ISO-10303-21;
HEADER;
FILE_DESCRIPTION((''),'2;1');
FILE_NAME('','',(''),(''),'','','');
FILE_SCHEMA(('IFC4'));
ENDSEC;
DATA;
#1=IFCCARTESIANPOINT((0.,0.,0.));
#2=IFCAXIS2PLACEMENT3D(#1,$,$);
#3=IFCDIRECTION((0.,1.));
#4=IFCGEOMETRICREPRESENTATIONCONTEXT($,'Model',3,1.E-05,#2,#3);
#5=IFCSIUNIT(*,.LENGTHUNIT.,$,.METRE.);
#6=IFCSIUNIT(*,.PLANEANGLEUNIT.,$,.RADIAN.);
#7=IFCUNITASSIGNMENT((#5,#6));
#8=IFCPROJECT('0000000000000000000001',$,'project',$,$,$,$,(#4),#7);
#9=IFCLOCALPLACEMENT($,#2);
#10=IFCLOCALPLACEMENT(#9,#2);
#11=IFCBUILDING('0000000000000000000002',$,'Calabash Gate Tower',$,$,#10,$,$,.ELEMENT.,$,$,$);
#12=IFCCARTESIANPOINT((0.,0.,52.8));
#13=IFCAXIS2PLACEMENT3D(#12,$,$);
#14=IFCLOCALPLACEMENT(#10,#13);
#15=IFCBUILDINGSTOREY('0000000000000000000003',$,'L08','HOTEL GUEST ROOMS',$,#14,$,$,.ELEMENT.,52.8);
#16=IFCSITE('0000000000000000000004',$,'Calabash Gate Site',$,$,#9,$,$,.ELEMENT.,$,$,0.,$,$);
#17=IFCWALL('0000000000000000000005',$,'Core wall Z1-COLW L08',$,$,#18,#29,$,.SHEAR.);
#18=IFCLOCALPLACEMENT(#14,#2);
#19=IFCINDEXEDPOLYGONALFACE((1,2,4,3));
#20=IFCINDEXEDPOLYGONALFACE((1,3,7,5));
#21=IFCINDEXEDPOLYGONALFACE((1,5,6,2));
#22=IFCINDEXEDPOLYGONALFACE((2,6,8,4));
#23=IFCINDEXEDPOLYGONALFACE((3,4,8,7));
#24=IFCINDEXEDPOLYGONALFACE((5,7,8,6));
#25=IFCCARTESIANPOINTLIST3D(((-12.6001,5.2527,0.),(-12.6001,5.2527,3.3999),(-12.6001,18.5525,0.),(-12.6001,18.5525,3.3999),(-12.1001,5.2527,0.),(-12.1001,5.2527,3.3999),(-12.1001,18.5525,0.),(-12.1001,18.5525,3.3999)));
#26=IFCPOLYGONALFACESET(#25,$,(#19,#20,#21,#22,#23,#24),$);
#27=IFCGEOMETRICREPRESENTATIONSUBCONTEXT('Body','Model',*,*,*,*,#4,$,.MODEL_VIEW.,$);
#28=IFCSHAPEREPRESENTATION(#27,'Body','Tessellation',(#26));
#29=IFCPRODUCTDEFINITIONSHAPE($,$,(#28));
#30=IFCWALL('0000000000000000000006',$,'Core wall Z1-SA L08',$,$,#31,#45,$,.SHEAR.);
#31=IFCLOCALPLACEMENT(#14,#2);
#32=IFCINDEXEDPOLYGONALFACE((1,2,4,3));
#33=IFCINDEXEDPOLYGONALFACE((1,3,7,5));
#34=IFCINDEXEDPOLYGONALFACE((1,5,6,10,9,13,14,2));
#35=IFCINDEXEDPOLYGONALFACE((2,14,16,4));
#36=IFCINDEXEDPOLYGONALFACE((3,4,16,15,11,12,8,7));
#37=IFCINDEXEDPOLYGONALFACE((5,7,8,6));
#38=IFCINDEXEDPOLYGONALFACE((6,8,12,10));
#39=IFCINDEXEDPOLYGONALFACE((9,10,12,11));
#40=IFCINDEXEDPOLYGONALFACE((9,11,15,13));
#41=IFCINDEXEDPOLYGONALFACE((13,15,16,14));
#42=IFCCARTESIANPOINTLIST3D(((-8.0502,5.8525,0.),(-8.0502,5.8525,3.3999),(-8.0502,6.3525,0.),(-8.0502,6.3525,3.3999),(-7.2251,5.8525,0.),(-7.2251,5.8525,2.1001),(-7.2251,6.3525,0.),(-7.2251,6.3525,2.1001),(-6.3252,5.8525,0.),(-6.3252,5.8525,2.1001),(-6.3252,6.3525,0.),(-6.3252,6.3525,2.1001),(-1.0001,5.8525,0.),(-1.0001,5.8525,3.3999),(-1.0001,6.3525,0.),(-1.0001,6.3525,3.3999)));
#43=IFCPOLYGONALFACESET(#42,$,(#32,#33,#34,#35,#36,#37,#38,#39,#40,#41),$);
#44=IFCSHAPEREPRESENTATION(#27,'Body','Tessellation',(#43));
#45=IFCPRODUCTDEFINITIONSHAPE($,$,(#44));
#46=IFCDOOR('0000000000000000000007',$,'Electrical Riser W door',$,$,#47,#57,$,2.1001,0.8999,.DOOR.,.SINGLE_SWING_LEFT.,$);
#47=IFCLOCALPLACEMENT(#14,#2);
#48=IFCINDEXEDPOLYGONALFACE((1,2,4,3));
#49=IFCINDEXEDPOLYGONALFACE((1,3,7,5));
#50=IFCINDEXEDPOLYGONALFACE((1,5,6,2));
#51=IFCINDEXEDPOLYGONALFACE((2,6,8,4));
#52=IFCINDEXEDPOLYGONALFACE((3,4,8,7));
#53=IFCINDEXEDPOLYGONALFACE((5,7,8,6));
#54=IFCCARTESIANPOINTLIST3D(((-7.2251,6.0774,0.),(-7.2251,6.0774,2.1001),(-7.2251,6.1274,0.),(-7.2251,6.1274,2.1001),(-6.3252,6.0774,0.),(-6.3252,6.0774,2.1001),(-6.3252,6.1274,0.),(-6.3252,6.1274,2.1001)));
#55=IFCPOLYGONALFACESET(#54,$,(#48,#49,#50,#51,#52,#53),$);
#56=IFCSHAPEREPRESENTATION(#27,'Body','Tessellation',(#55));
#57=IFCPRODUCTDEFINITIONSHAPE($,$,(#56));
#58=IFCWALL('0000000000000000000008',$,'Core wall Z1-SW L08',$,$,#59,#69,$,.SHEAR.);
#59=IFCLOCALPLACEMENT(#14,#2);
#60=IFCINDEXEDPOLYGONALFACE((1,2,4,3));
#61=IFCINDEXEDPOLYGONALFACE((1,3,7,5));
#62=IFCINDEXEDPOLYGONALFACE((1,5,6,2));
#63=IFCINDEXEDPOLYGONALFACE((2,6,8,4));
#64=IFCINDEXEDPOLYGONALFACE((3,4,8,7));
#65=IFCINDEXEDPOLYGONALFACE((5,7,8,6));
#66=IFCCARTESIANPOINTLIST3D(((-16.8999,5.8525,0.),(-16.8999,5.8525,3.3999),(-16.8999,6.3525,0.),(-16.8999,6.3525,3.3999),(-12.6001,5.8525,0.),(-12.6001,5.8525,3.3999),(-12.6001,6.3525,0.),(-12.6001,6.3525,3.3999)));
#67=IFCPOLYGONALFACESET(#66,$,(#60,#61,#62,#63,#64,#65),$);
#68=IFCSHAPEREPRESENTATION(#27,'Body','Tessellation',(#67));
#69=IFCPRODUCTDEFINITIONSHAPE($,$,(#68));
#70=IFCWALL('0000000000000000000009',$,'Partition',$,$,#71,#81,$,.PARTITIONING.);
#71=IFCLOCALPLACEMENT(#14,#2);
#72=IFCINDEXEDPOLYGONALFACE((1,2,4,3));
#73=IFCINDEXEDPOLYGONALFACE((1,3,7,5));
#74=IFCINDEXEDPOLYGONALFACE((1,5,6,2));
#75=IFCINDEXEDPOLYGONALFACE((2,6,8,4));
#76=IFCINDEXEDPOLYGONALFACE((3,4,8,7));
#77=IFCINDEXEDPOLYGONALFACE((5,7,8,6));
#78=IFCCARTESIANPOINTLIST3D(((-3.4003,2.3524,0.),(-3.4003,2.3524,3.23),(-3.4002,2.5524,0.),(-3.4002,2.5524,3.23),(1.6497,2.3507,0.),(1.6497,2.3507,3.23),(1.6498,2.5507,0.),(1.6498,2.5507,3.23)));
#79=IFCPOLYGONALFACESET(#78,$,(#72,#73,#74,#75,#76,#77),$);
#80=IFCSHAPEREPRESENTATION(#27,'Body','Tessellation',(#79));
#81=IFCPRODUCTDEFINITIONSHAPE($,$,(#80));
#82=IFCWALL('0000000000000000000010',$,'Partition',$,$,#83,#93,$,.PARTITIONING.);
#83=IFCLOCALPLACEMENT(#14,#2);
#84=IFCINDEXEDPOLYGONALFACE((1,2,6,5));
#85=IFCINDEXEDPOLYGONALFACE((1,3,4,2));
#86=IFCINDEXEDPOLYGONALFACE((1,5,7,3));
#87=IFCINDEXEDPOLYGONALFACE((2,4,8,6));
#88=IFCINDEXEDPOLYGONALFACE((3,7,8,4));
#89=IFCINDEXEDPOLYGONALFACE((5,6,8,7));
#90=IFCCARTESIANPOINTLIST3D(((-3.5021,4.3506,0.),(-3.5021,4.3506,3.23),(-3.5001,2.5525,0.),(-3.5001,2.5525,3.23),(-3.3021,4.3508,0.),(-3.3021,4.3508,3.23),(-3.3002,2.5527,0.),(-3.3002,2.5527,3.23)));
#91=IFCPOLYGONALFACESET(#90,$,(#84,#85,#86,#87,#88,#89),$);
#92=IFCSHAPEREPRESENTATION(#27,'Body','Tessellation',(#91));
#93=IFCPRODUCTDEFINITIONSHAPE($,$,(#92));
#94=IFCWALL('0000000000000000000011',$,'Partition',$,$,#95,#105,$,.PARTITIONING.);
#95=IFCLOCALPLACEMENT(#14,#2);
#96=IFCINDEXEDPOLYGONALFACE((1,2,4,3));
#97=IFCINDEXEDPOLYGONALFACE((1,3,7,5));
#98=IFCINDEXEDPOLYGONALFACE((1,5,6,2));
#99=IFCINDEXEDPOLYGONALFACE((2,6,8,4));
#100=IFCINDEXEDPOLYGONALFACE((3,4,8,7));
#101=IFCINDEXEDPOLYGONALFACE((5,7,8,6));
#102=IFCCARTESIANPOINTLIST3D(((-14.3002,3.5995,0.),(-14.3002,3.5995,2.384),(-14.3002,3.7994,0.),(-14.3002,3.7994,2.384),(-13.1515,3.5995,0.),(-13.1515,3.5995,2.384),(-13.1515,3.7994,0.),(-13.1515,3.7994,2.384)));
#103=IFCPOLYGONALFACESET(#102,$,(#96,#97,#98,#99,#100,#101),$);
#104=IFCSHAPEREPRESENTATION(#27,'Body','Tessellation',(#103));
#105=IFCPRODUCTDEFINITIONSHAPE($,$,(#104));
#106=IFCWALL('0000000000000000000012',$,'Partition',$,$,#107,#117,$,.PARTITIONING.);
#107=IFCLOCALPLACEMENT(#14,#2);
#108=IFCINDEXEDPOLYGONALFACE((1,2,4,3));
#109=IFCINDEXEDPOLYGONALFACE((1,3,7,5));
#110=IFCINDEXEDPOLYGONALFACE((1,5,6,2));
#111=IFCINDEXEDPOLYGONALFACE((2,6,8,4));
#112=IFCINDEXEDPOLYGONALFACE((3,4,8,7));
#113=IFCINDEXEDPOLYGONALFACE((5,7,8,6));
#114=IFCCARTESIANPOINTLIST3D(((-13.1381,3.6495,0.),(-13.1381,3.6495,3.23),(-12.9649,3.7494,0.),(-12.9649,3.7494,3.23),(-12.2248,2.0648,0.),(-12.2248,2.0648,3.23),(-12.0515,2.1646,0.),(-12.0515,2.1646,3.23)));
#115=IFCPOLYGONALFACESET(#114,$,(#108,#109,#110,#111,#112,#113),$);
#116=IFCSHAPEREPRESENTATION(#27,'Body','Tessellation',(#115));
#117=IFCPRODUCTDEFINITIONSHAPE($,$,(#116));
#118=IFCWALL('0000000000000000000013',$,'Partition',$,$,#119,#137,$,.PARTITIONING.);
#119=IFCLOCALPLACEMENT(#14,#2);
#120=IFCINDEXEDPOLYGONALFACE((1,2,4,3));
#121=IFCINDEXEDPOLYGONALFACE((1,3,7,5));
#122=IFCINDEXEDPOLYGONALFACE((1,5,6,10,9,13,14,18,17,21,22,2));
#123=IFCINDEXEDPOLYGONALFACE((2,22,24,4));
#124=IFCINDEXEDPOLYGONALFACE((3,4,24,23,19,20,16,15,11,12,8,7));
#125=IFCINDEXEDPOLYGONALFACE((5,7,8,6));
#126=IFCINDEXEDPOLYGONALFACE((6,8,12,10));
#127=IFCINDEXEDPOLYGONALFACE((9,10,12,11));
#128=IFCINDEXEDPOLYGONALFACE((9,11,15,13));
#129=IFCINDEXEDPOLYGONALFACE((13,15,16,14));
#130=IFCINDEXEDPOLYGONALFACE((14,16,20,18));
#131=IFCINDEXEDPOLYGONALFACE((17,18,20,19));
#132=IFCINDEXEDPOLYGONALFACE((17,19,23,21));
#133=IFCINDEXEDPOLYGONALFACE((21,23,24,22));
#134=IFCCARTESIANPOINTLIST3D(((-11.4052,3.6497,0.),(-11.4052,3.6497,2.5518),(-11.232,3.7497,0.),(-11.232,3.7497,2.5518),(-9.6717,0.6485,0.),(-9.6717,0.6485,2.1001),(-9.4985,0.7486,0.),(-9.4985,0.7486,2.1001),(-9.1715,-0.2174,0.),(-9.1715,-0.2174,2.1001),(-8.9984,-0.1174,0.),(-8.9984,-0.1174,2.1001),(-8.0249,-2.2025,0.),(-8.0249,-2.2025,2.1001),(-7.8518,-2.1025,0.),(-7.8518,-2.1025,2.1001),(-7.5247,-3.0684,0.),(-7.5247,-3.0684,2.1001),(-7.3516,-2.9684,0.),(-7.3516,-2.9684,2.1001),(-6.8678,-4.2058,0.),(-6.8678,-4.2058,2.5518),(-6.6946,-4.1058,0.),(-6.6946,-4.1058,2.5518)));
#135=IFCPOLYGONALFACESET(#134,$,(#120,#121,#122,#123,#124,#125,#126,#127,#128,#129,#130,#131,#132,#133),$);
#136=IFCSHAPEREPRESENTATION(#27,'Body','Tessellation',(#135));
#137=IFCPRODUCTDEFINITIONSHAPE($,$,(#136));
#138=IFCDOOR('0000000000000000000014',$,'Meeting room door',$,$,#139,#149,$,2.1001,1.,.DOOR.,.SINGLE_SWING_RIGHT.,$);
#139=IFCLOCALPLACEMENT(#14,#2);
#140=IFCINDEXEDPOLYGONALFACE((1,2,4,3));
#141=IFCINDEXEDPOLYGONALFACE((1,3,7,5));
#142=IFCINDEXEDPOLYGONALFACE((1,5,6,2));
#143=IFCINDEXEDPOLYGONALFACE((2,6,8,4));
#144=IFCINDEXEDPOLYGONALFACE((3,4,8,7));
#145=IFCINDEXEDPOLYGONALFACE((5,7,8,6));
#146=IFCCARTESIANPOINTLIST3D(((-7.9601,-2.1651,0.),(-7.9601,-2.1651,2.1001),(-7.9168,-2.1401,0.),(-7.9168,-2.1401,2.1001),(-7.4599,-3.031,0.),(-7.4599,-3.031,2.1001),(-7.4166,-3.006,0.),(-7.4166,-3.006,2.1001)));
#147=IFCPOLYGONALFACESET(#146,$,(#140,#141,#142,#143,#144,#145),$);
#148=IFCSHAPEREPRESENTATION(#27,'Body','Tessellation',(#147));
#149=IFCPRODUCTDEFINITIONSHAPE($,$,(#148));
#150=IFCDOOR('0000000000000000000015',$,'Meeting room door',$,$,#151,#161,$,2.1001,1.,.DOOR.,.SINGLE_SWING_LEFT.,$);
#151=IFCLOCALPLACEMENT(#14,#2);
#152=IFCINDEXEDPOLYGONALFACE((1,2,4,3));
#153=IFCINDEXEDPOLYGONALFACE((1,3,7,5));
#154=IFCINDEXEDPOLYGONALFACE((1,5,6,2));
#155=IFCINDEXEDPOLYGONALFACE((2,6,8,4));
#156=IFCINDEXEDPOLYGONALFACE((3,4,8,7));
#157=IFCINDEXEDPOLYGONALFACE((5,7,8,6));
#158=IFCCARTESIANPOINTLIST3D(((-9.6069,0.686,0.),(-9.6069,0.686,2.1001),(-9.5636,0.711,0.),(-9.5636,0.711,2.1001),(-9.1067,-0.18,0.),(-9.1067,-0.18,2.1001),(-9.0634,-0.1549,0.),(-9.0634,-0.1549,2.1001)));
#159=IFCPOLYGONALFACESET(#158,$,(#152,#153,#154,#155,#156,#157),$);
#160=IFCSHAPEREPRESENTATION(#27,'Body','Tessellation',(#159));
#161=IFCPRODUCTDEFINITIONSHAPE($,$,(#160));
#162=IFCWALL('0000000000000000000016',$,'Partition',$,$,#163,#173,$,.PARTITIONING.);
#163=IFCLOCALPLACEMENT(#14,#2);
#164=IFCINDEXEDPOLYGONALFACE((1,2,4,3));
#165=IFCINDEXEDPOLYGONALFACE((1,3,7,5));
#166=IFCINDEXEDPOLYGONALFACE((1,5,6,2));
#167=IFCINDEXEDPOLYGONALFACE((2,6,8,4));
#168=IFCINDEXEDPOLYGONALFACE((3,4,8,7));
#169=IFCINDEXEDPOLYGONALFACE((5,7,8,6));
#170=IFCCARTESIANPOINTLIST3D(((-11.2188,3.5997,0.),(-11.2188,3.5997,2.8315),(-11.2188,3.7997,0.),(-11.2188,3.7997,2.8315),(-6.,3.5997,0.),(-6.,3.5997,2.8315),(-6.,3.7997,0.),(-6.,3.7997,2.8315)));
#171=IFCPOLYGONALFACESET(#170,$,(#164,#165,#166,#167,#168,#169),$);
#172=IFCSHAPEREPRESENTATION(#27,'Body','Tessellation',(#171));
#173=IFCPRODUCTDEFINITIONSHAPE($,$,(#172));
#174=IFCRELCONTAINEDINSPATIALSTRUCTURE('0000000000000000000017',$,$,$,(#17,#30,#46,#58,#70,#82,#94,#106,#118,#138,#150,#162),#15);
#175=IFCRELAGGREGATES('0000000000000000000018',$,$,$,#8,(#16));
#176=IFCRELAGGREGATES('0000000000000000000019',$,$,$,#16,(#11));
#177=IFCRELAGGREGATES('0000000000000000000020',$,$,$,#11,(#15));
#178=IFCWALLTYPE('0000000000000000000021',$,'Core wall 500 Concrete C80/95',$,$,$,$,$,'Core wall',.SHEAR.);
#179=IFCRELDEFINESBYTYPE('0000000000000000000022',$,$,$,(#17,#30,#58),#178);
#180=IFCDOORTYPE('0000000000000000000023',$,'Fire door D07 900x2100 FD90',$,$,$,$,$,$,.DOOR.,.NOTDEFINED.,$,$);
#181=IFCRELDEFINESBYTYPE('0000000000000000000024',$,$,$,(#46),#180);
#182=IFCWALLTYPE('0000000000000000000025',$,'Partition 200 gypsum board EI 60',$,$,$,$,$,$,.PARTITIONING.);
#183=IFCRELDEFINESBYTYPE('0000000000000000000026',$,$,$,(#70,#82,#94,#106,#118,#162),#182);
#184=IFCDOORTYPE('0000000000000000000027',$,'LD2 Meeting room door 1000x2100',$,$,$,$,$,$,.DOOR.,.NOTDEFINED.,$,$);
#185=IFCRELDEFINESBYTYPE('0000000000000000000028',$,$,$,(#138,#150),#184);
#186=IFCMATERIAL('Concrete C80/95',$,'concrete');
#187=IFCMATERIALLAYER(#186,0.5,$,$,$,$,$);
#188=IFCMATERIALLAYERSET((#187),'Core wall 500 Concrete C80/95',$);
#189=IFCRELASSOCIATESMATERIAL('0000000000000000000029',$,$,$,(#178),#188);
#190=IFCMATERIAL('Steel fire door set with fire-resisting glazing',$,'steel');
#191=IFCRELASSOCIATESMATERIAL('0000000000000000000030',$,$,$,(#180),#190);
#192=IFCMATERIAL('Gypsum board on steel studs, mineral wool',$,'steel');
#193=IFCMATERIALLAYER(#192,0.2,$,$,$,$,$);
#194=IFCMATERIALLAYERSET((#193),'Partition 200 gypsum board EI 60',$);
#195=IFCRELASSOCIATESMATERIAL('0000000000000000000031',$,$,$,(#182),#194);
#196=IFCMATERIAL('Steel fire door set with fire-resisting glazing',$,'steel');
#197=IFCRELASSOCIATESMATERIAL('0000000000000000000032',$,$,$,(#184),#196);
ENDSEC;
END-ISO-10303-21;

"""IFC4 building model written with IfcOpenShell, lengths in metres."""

from ifc_helpers import new_model, si_unit, direction, frame, frame_2d, origin, place, context, subcontext, project, spatial, rectangle, extrude, material, layer, layer_set, type_object, element, fill, save


model = new_model("IFC4")

# Units and contexts
model_context = context("Model", 3, precision=1e-05, world=origin(), true_north=direction((0.0, 1.0)))
body_context = subcontext(model_context, "Body", "Model", "MODEL_VIEW")
ifc_project = project(units=[si_unit("LENGTHUNIT", "METRE"), si_unit("PLANEANGLEUNIT", "RADIAN")], contexts=[model_context])

# Site, building, storey
site_placement = place(None, origin())
site = spatial("IfcSite", under=ifc_project, at=site_placement, Name="Calabash Gate Site", CompositionType="ELEMENT", RefElevation=0.0)
building_placement = place(site_placement, origin())
building = spatial("IfcBuilding", under=site, at=building_placement, Name="Calabash Gate Tower", CompositionType="ELEMENT")
storey_placement = place(building_placement, frame((0.0, 0.0, 52.8)))
storey = spatial("IfcBuildingStorey", under=building, at=storey_placement, Name="L08", Description="HOTEL GUEST ROOMS", CompositionType="ELEMENT", Elevation=52.8)

# Wall
ifc_material_1 = material(Name="Concrete C80/95", Category="concrete")
ifc_layer_1 = layer(ifc_material_1, 0.5)
ifc_layer_set_1 = layer_set([ifc_layer_1], Name="Core wall 500 Concrete C80/95")
wall_type_1 = type_object("IfcWallType", Name="Core wall 500 Concrete C80/95", ElementType="Core wall", PredefinedType="SHEAR", material=ifc_layer_set_1)
wall_1_placement = place(storey_placement, frame((-12.3501, 5.2527, 0.0), z_axis=(0.0, 0.0, 1.0), x_axis=(0.0, 1.0, 0.0)))
element("IfcWall", 1, at=wall_1_placement, inside=storey, type_object=wall_type_1, Name="Core wall Z1-COLW L08", PredefinedType="SHEAR", context=body_context, shape_type="SweptSolid", body=[
    extrude(rectangle(XDim=13.2998, YDim=0.5, at=frame_2d((6.6499, 0.0))), origin(), (0.0, 0.0, 1.0), 3.3999),
])

# Wall, opening, door
wall_2_placement = place(storey_placement, frame((-8.05, 6.1025, 0.0), z_axis=(0.0, 0.0, 1.0), x_axis=(1.0, 0.0, 0.0)))
wall_2 = element("IfcWall", 2, at=wall_2_placement, inside=storey, type_object=wall_type_1, Name="Core wall Z1-SA L08", PredefinedType="SHEAR", context=body_context, shape_type="SweptSolid", body=[
    extrude(rectangle(XDim=7.05, YDim=0.5, at=frame_2d((3.5249, 0.0))), origin(), (0.0, 0.0, 1.0), 3.3999),
])
opening_1_placement = place(wall_2_placement, frame((0.825, 0.0, 0.0)))
opening_1 = element("IfcOpeningElement", 3, at=opening_1_placement, cuts=wall_2, PredefinedType="OPENING", context=body_context, shape_type="SweptSolid", body=[
    extrude(rectangle(XDim=0.8999, YDim=2.1001, at=frame_2d((0.45, 1.05))), frame((0.0, 0.26, 0.0), z_axis=(0.0, -1.0, 0.0), x_axis=(1.0, 0.0, 0.0)), (0.0, 0.0, 1.0), 0.52),
])
ifc_material_2 = material(Name="Steel fire door set with fire-resisting glazing", Category="steel")
door_type_1 = type_object("IfcDoorType", Name="Fire door D07 900x2100 FD90", OperationType="NOTDEFINED", PredefinedType="DOOR", material=ifc_material_2)
door_1_placement = place(opening_1_placement, origin())
door_1 = element("IfcDoor", 4, at=door_1_placement, inside=storey, type_object=door_type_1, Name="Electrical Riser W door", OperationType="SINGLE_SWING_LEFT", OverallHeight=2.1001, OverallWidth=0.8999, PredefinedType="DOOR", context=body_context, shape_type="SweptSolid", body=[
    extrude(rectangle(XDim=0.8999, YDim=2.1001, at=frame_2d((0.45, 1.05))), frame((0.0, 0.0249, 0.0), z_axis=(0.0, -1.0, 0.0), x_axis=(1.0, 0.0, 0.0)), (0.0, 0.0, 1.0), 0.05),
])
fill(opening_1, door_1)

# Walls
wall_3_placement = place(storey_placement, frame((-12.6001, 6.1025, 0.0), z_axis=(0.0, 0.0, 1.0), x_axis=(-1.0, 0.0, 0.0)))
element("IfcWall", 5, at=wall_3_placement, inside=storey, type_object=wall_type_1, Name="Core wall Z1-SW L08", PredefinedType="SHEAR", context=body_context, shape_type="SweptSolid", body=[
    extrude(rectangle(XDim=4.2998, YDim=0.5, at=frame_2d((2.1499, 0.0))), origin(), (0.0, 0.0, 1.0), 3.3999),
])
ifc_material_3 = material(Name="Gypsum board on steel studs, mineral wool", Category="steel")
ifc_layer_2 = layer(ifc_material_3, 0.2)
ifc_layer_set_2 = layer_set([ifc_layer_2], Name="Partition 200 gypsum board EI 60")
wall_type_2 = type_object("IfcWallType", Name="Partition 200 gypsum board EI 60", PredefinedType="PARTITIONING", material=ifc_layer_set_2)
wall_4_placement = place(storey_placement, frame((-3.4001, 2.4524, 0.0), z_axis=(0.0, 0.0, 1.0), x_axis=(1.0, -0.000338, 0.0)))
element("IfcWall", 6, at=wall_4_placement, inside=storey, type_object=wall_type_2, Name="Partition", PredefinedType="PARTITIONING", context=body_context, shape_type="SweptSolid", body=[
    extrude(rectangle(XDim=5.05, YDim=0.2, at=frame_2d((2.5249, 0.0))), origin(), (0.0, 0.0, 1.0), 3.23),
])
wall_5_placement = place(storey_placement, frame((-3.4021, 4.3506, 0.0), z_axis=(0.0, 0.0, 1.0), x_axis=(0.001086, -0.999999, 0.0)))
element("IfcWall", 7, at=wall_5_placement, inside=storey, type_object=wall_type_2, Name="Partition", PredefinedType="PARTITIONING", context=body_context, shape_type="SweptSolid", body=[
    extrude(rectangle(XDim=1.7981, YDim=0.2, at=frame_2d((0.8989, 0.0))), origin(), (0.0, 0.0, 1.0), 3.23),
])
wall_6_placement = place(storey_placement, frame((-14.3, 3.6995, 0.0), z_axis=(0.0, 0.0, 1.0), x_axis=(1.0, 0.0, 0.0)))
element("IfcWall", 8, at=wall_6_placement, inside=storey, type_object=wall_type_2, Name="Partition", PredefinedType="PARTITIONING", context=body_context, shape_type="SweptSolid", body=[
    extrude(rectangle(XDim=1.1487, YDim=0.2, at=frame_2d((0.5742, 0.0))), origin(), (0.0, 0.0, 1.0), 2.384),
])
wall_7_placement = place(storey_placement, frame((-13.0515, 3.6995, 0.0), z_axis=(0.0, 0.0, 1.0), x_axis=(0.499341, -0.866405, 0.0)))
element("IfcWall", 9, at=wall_7_placement, inside=storey, type_object=wall_type_2, Name="Partition", PredefinedType="PARTITIONING", context=body_context, shape_type="SweptSolid", body=[
    extrude(rectangle(XDim=1.8291, YDim=0.2, at=frame_2d((0.9146, 0.0))), origin(), (0.0, 0.0, 1.0), 3.23),
])

# Wall, openings, doors
wall_8_placement = place(storey_placement, frame((-11.3186, 3.6997, 0.0), z_axis=(0.0, 0.0, 1.0), x_axis=(0.500165, -0.86593, 0.0)))
wall_8 = element("IfcWall", 10, at=wall_8_placement, inside=storey, type_object=wall_type_2, Name="Partition", PredefinedType="PARTITIONING", context=body_context, shape_type="SweptSolid", body=[
    extrude(rectangle(XDim=9.0718, YDim=0.2, at=frame_2d((4.5359, 0.0))), origin(), (0.0, 0.0, 1.0), 2.5518),
])
opening_2_placement = place(wall_8_placement, frame((6.7583, 0.0, 0.0)))
opening_2 = element("IfcOpeningElement", 11, at=opening_2_placement, cuts=wall_8, PredefinedType="OPENING", context=body_context, shape_type="SweptSolid", body=[
    extrude(rectangle(XDim=1.0, YDim=2.1001, at=frame_2d((0.5, 1.05))), frame((0.0, 0.1099, 0.0), z_axis=(0.0, -1.0, 0.0), x_axis=(1.0, 0.0, 0.0)), (0.0, 0.0, 1.0), 0.22),
])
opening_3_placement = place(wall_8_placement, frame((3.4658, 0.0, 0.0)))
opening_3 = element("IfcOpeningElement", 12, at=opening_3_placement, cuts=wall_8, PredefinedType="OPENING", context=body_context, shape_type="SweptSolid", body=[
    extrude(rectangle(XDim=1.0, YDim=2.1001, at=frame_2d((0.5, 1.05))), frame((0.0, 0.1099, 0.0), z_axis=(0.0, -1.0, 0.0), x_axis=(1.0, 0.0, 0.0)), (0.0, 0.0, 1.0), 0.22),
])
ifc_material_4 = material(Name="Steel fire door set with fire-resisting glazing", Category="steel")
door_type_2 = type_object("IfcDoorType", Name="LD2 Meeting room door 1000x2100", OperationType="NOTDEFINED", PredefinedType="DOOR", material=ifc_material_4)
door_2_placement = place(opening_2_placement, origin())
door_2 = element("IfcDoor", 13, at=door_2_placement, inside=storey, type_object=door_type_2, Name="Meeting room door", OperationType="SINGLE_SWING_RIGHT", OverallHeight=2.1001, OverallWidth=1.0, PredefinedType="DOOR", context=body_context, shape_type="SweptSolid", body=[
    extrude(rectangle(XDim=1.0, YDim=2.1001, at=frame_2d((0.5, 1.05))), frame((0.0, 0.0249, 0.0), z_axis=(0.0, -1.0, 0.0), x_axis=(1.0, 0.0, 0.0)), (0.0, 0.0, 1.0), 0.05),
])
fill(opening_2, door_2)
door_3_placement = place(opening_3_placement, origin())
door_3 = element("IfcDoor", 14, at=door_3_placement, inside=storey, type_object=door_type_2, Name="Meeting room door", OperationType="SINGLE_SWING_LEFT", OverallHeight=2.1001, OverallWidth=1.0, PredefinedType="DOOR", context=body_context, shape_type="SweptSolid", body=[
    extrude(rectangle(XDim=1.0, YDim=2.1001, at=frame_2d((0.5, 1.05))), frame((0.0, 0.0249, 0.0), z_axis=(0.0, -1.0, 0.0), x_axis=(1.0, 0.0, 0.0)), (0.0, 0.0, 1.0), 0.05),
])
fill(opening_3, door_3)

# Wall
wall_9_placement = place(storey_placement, frame((-11.2188, 3.6997, 0.0), z_axis=(0.0, 0.0, 1.0), x_axis=(1.0, 0.0, 0.0)))
element("IfcWall", 15, at=wall_9_placement, inside=storey, type_object=wall_type_2, Name="Partition", PredefinedType="PARTITIONING", context=body_context, shape_type="SweptSolid", body=[
    extrude(rectangle(XDim=5.2188, YDim=0.2, at=frame_2d((2.6094, 0.0))), origin(), (0.0, 0.0, 1.0), 2.8315),
])

save(model, "model.ifc")
